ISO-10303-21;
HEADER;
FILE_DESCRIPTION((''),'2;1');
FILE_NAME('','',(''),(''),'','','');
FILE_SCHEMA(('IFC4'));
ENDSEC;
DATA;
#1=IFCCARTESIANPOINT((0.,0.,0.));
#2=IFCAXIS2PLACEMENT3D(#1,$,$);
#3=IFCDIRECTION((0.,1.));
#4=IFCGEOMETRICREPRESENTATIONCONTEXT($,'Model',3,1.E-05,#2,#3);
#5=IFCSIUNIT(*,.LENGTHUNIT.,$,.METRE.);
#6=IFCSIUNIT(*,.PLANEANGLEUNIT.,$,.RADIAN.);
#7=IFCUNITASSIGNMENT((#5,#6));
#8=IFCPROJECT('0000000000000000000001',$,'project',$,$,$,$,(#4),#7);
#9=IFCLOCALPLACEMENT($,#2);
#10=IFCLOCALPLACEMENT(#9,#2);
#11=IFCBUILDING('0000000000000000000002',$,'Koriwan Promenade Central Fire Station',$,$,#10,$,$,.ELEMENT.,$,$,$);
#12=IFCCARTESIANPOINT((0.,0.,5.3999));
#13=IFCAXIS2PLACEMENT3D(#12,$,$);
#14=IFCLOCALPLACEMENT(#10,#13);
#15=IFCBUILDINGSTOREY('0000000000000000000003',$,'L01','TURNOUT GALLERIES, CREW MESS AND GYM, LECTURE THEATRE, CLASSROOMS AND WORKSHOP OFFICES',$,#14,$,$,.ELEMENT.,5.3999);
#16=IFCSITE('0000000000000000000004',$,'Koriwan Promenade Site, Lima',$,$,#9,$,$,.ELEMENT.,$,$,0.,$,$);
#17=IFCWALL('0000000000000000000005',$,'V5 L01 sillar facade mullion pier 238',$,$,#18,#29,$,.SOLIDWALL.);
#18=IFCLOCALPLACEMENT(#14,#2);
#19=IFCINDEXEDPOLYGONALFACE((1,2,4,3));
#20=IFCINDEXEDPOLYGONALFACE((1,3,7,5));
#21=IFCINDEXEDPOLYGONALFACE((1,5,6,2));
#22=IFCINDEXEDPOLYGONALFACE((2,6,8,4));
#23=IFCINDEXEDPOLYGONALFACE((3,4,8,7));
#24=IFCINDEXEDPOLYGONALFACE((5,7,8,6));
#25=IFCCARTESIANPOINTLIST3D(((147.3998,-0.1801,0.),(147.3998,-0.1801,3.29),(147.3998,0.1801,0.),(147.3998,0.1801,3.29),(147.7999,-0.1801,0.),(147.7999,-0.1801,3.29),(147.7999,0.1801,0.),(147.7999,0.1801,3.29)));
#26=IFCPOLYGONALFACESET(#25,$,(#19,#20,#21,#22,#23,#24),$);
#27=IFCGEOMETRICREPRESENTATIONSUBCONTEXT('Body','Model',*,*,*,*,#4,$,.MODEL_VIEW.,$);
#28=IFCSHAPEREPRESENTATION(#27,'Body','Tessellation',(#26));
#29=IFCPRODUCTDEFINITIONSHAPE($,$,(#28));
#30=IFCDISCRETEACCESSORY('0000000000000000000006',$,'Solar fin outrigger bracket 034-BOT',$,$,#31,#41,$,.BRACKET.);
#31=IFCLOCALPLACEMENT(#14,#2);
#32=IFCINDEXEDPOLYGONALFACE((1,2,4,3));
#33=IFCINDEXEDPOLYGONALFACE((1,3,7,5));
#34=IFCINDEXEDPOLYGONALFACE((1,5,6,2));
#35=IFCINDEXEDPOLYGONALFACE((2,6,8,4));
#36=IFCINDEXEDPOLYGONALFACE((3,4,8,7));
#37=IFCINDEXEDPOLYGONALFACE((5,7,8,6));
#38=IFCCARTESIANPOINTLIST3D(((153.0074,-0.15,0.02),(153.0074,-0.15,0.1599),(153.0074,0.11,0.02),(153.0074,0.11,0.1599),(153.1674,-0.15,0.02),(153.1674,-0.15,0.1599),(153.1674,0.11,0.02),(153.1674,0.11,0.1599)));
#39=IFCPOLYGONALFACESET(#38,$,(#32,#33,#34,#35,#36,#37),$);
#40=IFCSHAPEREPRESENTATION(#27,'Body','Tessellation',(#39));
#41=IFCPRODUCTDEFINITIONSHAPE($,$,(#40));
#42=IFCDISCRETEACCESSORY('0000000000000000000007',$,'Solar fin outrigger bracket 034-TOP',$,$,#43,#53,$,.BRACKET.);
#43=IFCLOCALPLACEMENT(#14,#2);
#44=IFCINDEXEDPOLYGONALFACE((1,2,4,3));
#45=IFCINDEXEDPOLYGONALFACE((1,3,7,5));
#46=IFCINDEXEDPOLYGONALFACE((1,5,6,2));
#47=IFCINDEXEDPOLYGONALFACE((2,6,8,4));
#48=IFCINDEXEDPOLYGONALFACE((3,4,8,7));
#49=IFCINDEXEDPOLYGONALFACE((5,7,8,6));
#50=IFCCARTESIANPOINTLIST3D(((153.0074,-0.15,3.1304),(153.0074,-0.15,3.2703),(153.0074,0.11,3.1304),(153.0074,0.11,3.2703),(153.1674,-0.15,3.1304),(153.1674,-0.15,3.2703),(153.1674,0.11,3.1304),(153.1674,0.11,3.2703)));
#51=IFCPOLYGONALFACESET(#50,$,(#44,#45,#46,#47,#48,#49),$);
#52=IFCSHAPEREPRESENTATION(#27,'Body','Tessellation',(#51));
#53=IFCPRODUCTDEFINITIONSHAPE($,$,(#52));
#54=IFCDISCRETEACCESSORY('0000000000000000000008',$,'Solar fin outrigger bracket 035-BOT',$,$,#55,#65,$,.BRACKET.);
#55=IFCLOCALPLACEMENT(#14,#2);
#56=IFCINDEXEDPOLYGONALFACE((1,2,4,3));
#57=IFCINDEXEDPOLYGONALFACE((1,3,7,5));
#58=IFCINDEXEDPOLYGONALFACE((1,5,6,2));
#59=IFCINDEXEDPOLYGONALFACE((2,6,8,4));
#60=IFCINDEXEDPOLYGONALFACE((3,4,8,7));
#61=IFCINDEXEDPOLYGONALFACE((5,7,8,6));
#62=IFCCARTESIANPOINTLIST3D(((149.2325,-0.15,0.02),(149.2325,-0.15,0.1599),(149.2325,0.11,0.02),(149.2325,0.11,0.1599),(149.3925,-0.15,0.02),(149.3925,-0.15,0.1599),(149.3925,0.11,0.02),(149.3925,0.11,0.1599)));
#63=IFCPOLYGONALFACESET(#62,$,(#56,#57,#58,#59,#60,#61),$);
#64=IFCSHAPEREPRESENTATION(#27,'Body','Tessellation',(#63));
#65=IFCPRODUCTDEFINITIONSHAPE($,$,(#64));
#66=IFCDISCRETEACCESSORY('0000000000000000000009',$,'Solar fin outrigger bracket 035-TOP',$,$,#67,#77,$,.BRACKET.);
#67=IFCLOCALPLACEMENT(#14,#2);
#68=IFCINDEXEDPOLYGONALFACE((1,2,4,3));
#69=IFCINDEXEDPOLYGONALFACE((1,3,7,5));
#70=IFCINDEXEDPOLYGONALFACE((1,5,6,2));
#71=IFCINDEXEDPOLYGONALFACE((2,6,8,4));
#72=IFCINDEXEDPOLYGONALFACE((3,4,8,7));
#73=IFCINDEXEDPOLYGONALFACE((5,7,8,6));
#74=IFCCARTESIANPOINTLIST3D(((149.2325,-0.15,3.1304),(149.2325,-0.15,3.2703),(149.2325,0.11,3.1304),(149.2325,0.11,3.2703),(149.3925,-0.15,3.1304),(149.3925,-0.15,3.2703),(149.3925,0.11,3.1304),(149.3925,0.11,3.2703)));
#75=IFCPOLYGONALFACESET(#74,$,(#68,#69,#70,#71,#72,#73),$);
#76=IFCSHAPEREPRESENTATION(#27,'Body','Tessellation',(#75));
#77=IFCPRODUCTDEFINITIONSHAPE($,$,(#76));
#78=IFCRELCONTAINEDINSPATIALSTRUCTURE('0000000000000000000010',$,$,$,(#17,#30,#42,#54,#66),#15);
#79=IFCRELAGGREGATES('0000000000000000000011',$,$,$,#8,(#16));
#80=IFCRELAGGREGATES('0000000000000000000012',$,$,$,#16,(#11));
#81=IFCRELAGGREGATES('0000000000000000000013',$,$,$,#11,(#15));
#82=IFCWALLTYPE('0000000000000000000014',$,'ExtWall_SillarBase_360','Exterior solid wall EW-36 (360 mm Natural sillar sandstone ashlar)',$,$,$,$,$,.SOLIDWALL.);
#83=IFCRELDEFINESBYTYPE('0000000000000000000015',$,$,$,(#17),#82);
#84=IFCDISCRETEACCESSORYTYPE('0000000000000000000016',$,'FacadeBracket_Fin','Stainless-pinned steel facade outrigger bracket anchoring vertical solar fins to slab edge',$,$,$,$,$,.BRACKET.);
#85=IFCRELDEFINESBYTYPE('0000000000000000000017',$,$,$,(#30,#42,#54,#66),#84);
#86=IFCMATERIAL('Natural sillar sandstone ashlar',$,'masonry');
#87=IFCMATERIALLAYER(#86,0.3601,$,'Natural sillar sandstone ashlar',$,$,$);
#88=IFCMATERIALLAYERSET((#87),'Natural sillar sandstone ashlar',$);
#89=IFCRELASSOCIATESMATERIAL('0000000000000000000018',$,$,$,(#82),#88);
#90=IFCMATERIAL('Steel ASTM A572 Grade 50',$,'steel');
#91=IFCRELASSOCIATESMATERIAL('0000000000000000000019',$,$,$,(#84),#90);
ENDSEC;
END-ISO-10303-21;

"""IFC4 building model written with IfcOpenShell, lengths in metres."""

from ifc_helpers import new_model, si_unit, direction, frame, frame_2d, origin, origin_2d, place, context, subcontext, project, spatial, rectangle, extrude, material, layer, layer_set, type_object, element, save


model = new_model("IFC4")

# Units and contexts
model_context = context("Model", 3, precision=1e-05, world=origin(), true_north=direction((0.0, 1.0)))
body_context = subcontext(model_context, "Body", "Model", "MODEL_VIEW")
ifc_project = project(units=[si_unit("LENGTHUNIT", "METRE"), si_unit("PLANEANGLEUNIT", "RADIAN")], contexts=[model_context])

# Site, building, storey
site_placement = place(None, origin())
site = spatial("IfcSite", under=ifc_project, at=site_placement, Name="Koriwan Promenade Site, Lima", CompositionType="ELEMENT", RefElevation=0.0)
building_placement = place(site_placement, origin())
building = spatial("IfcBuilding", under=site, at=building_placement, Name="Koriwan Promenade Central Fire Station", CompositionType="ELEMENT")
storey_placement = place(building_placement, frame((0.0, 0.0, 5.3999)))
storey = spatial("IfcBuildingStorey", under=building, at=storey_placement, Name="L01", Description="TURNOUT GALLERIES, CREW MESS AND GYM, LECTURE THEATRE, CLASSROOMS AND WORKSHOP OFFICES", CompositionType="ELEMENT", Elevation=5.3999)

# Wall
ifc_material_1 = material(Name="Natural sillar sandstone ashlar", Category="masonry")
ifc_layer_1 = layer(ifc_material_1, 0.3601, Name="Natural sillar sandstone ashlar")
ifc_layer_set_1 = layer_set([ifc_layer_1], Name="Natural sillar sandstone ashlar")
wall_type = type_object("IfcWallType", Name="ExtWall_SillarBase_360", Description="Exterior solid wall EW-36 (360 mm Natural sillar sandstone ashlar)", PredefinedType="SOLIDWALL", material=ifc_layer_set_1)
wall_placement = place(storey_placement, frame((147.8, 0.0, 0.0), z_axis=(0.0, 0.0, 1.0), x_axis=(-1.0, 0.0, 0.0)))
element("IfcWall", 1, at=wall_placement, inside=storey, type_object=wall_type, Name="V5 L01 sillar facade mullion pier 238", PredefinedType="SOLIDWALL", context=body_context, shape_type="SweptSolid", body=[
    extrude(rectangle(XDim=0.4001, YDim=0.3601, at=frame_2d((0.2002, 0.0))), origin(), (0.0, 0.0, 1.0), 3.29),
])

# Discrete accessories
ifc_material_2 = material(Name="Steel ASTM A572 Grade 50", Category="steel")
discrete_accessory_type = type_object("IfcDiscreteAccessoryType", Name="FacadeBracket_Fin", Description="Stainless-pinned steel facade outrigger bracket anchoring vertical solar fins to slab edge", PredefinedType="BRACKET", material=ifc_material_2)
for number, where, z_axis, x_axis, name in (
    (2, (153.0874, -0.02, 0.02), (0.0, 0.0, 1.0), (0.0, -1.0, 0.0), "Solar fin outrigger bracket 034-BOT"),
    (3, (153.0874, -0.02, 3.1304), (0.0, 0.0, 1.0), (0.0, -1.0, 0.0), "Solar fin outrigger bracket 034-TOP"),
    (4, (149.3125, -0.02, 0.02), (0.0, 0.0, 1.0), (0.0, -1.0, 0.0), "Solar fin outrigger bracket 035-BOT"),
    (5, (149.3125, -0.02, 3.1304), (0.0, 0.0, 1.0), (0.0, -1.0, 0.0), "Solar fin outrigger bracket 035-TOP"),
):
    element("IfcDiscreteAccessory", number, at=place(storey_placement, frame(where, z_axis=z_axis, x_axis=x_axis)), inside=storey, type_object=discrete_accessory_type, Name=name, PredefinedType="BRACKET", context=body_context, shape_type="SweptSolid", body=[
        extrude(rectangle(XDim=0.26, YDim=0.1599, at=origin_2d()), origin(), (0.0, 0.0, 1.0), 0.1399),
    ])

save(model, "model.ifc")
